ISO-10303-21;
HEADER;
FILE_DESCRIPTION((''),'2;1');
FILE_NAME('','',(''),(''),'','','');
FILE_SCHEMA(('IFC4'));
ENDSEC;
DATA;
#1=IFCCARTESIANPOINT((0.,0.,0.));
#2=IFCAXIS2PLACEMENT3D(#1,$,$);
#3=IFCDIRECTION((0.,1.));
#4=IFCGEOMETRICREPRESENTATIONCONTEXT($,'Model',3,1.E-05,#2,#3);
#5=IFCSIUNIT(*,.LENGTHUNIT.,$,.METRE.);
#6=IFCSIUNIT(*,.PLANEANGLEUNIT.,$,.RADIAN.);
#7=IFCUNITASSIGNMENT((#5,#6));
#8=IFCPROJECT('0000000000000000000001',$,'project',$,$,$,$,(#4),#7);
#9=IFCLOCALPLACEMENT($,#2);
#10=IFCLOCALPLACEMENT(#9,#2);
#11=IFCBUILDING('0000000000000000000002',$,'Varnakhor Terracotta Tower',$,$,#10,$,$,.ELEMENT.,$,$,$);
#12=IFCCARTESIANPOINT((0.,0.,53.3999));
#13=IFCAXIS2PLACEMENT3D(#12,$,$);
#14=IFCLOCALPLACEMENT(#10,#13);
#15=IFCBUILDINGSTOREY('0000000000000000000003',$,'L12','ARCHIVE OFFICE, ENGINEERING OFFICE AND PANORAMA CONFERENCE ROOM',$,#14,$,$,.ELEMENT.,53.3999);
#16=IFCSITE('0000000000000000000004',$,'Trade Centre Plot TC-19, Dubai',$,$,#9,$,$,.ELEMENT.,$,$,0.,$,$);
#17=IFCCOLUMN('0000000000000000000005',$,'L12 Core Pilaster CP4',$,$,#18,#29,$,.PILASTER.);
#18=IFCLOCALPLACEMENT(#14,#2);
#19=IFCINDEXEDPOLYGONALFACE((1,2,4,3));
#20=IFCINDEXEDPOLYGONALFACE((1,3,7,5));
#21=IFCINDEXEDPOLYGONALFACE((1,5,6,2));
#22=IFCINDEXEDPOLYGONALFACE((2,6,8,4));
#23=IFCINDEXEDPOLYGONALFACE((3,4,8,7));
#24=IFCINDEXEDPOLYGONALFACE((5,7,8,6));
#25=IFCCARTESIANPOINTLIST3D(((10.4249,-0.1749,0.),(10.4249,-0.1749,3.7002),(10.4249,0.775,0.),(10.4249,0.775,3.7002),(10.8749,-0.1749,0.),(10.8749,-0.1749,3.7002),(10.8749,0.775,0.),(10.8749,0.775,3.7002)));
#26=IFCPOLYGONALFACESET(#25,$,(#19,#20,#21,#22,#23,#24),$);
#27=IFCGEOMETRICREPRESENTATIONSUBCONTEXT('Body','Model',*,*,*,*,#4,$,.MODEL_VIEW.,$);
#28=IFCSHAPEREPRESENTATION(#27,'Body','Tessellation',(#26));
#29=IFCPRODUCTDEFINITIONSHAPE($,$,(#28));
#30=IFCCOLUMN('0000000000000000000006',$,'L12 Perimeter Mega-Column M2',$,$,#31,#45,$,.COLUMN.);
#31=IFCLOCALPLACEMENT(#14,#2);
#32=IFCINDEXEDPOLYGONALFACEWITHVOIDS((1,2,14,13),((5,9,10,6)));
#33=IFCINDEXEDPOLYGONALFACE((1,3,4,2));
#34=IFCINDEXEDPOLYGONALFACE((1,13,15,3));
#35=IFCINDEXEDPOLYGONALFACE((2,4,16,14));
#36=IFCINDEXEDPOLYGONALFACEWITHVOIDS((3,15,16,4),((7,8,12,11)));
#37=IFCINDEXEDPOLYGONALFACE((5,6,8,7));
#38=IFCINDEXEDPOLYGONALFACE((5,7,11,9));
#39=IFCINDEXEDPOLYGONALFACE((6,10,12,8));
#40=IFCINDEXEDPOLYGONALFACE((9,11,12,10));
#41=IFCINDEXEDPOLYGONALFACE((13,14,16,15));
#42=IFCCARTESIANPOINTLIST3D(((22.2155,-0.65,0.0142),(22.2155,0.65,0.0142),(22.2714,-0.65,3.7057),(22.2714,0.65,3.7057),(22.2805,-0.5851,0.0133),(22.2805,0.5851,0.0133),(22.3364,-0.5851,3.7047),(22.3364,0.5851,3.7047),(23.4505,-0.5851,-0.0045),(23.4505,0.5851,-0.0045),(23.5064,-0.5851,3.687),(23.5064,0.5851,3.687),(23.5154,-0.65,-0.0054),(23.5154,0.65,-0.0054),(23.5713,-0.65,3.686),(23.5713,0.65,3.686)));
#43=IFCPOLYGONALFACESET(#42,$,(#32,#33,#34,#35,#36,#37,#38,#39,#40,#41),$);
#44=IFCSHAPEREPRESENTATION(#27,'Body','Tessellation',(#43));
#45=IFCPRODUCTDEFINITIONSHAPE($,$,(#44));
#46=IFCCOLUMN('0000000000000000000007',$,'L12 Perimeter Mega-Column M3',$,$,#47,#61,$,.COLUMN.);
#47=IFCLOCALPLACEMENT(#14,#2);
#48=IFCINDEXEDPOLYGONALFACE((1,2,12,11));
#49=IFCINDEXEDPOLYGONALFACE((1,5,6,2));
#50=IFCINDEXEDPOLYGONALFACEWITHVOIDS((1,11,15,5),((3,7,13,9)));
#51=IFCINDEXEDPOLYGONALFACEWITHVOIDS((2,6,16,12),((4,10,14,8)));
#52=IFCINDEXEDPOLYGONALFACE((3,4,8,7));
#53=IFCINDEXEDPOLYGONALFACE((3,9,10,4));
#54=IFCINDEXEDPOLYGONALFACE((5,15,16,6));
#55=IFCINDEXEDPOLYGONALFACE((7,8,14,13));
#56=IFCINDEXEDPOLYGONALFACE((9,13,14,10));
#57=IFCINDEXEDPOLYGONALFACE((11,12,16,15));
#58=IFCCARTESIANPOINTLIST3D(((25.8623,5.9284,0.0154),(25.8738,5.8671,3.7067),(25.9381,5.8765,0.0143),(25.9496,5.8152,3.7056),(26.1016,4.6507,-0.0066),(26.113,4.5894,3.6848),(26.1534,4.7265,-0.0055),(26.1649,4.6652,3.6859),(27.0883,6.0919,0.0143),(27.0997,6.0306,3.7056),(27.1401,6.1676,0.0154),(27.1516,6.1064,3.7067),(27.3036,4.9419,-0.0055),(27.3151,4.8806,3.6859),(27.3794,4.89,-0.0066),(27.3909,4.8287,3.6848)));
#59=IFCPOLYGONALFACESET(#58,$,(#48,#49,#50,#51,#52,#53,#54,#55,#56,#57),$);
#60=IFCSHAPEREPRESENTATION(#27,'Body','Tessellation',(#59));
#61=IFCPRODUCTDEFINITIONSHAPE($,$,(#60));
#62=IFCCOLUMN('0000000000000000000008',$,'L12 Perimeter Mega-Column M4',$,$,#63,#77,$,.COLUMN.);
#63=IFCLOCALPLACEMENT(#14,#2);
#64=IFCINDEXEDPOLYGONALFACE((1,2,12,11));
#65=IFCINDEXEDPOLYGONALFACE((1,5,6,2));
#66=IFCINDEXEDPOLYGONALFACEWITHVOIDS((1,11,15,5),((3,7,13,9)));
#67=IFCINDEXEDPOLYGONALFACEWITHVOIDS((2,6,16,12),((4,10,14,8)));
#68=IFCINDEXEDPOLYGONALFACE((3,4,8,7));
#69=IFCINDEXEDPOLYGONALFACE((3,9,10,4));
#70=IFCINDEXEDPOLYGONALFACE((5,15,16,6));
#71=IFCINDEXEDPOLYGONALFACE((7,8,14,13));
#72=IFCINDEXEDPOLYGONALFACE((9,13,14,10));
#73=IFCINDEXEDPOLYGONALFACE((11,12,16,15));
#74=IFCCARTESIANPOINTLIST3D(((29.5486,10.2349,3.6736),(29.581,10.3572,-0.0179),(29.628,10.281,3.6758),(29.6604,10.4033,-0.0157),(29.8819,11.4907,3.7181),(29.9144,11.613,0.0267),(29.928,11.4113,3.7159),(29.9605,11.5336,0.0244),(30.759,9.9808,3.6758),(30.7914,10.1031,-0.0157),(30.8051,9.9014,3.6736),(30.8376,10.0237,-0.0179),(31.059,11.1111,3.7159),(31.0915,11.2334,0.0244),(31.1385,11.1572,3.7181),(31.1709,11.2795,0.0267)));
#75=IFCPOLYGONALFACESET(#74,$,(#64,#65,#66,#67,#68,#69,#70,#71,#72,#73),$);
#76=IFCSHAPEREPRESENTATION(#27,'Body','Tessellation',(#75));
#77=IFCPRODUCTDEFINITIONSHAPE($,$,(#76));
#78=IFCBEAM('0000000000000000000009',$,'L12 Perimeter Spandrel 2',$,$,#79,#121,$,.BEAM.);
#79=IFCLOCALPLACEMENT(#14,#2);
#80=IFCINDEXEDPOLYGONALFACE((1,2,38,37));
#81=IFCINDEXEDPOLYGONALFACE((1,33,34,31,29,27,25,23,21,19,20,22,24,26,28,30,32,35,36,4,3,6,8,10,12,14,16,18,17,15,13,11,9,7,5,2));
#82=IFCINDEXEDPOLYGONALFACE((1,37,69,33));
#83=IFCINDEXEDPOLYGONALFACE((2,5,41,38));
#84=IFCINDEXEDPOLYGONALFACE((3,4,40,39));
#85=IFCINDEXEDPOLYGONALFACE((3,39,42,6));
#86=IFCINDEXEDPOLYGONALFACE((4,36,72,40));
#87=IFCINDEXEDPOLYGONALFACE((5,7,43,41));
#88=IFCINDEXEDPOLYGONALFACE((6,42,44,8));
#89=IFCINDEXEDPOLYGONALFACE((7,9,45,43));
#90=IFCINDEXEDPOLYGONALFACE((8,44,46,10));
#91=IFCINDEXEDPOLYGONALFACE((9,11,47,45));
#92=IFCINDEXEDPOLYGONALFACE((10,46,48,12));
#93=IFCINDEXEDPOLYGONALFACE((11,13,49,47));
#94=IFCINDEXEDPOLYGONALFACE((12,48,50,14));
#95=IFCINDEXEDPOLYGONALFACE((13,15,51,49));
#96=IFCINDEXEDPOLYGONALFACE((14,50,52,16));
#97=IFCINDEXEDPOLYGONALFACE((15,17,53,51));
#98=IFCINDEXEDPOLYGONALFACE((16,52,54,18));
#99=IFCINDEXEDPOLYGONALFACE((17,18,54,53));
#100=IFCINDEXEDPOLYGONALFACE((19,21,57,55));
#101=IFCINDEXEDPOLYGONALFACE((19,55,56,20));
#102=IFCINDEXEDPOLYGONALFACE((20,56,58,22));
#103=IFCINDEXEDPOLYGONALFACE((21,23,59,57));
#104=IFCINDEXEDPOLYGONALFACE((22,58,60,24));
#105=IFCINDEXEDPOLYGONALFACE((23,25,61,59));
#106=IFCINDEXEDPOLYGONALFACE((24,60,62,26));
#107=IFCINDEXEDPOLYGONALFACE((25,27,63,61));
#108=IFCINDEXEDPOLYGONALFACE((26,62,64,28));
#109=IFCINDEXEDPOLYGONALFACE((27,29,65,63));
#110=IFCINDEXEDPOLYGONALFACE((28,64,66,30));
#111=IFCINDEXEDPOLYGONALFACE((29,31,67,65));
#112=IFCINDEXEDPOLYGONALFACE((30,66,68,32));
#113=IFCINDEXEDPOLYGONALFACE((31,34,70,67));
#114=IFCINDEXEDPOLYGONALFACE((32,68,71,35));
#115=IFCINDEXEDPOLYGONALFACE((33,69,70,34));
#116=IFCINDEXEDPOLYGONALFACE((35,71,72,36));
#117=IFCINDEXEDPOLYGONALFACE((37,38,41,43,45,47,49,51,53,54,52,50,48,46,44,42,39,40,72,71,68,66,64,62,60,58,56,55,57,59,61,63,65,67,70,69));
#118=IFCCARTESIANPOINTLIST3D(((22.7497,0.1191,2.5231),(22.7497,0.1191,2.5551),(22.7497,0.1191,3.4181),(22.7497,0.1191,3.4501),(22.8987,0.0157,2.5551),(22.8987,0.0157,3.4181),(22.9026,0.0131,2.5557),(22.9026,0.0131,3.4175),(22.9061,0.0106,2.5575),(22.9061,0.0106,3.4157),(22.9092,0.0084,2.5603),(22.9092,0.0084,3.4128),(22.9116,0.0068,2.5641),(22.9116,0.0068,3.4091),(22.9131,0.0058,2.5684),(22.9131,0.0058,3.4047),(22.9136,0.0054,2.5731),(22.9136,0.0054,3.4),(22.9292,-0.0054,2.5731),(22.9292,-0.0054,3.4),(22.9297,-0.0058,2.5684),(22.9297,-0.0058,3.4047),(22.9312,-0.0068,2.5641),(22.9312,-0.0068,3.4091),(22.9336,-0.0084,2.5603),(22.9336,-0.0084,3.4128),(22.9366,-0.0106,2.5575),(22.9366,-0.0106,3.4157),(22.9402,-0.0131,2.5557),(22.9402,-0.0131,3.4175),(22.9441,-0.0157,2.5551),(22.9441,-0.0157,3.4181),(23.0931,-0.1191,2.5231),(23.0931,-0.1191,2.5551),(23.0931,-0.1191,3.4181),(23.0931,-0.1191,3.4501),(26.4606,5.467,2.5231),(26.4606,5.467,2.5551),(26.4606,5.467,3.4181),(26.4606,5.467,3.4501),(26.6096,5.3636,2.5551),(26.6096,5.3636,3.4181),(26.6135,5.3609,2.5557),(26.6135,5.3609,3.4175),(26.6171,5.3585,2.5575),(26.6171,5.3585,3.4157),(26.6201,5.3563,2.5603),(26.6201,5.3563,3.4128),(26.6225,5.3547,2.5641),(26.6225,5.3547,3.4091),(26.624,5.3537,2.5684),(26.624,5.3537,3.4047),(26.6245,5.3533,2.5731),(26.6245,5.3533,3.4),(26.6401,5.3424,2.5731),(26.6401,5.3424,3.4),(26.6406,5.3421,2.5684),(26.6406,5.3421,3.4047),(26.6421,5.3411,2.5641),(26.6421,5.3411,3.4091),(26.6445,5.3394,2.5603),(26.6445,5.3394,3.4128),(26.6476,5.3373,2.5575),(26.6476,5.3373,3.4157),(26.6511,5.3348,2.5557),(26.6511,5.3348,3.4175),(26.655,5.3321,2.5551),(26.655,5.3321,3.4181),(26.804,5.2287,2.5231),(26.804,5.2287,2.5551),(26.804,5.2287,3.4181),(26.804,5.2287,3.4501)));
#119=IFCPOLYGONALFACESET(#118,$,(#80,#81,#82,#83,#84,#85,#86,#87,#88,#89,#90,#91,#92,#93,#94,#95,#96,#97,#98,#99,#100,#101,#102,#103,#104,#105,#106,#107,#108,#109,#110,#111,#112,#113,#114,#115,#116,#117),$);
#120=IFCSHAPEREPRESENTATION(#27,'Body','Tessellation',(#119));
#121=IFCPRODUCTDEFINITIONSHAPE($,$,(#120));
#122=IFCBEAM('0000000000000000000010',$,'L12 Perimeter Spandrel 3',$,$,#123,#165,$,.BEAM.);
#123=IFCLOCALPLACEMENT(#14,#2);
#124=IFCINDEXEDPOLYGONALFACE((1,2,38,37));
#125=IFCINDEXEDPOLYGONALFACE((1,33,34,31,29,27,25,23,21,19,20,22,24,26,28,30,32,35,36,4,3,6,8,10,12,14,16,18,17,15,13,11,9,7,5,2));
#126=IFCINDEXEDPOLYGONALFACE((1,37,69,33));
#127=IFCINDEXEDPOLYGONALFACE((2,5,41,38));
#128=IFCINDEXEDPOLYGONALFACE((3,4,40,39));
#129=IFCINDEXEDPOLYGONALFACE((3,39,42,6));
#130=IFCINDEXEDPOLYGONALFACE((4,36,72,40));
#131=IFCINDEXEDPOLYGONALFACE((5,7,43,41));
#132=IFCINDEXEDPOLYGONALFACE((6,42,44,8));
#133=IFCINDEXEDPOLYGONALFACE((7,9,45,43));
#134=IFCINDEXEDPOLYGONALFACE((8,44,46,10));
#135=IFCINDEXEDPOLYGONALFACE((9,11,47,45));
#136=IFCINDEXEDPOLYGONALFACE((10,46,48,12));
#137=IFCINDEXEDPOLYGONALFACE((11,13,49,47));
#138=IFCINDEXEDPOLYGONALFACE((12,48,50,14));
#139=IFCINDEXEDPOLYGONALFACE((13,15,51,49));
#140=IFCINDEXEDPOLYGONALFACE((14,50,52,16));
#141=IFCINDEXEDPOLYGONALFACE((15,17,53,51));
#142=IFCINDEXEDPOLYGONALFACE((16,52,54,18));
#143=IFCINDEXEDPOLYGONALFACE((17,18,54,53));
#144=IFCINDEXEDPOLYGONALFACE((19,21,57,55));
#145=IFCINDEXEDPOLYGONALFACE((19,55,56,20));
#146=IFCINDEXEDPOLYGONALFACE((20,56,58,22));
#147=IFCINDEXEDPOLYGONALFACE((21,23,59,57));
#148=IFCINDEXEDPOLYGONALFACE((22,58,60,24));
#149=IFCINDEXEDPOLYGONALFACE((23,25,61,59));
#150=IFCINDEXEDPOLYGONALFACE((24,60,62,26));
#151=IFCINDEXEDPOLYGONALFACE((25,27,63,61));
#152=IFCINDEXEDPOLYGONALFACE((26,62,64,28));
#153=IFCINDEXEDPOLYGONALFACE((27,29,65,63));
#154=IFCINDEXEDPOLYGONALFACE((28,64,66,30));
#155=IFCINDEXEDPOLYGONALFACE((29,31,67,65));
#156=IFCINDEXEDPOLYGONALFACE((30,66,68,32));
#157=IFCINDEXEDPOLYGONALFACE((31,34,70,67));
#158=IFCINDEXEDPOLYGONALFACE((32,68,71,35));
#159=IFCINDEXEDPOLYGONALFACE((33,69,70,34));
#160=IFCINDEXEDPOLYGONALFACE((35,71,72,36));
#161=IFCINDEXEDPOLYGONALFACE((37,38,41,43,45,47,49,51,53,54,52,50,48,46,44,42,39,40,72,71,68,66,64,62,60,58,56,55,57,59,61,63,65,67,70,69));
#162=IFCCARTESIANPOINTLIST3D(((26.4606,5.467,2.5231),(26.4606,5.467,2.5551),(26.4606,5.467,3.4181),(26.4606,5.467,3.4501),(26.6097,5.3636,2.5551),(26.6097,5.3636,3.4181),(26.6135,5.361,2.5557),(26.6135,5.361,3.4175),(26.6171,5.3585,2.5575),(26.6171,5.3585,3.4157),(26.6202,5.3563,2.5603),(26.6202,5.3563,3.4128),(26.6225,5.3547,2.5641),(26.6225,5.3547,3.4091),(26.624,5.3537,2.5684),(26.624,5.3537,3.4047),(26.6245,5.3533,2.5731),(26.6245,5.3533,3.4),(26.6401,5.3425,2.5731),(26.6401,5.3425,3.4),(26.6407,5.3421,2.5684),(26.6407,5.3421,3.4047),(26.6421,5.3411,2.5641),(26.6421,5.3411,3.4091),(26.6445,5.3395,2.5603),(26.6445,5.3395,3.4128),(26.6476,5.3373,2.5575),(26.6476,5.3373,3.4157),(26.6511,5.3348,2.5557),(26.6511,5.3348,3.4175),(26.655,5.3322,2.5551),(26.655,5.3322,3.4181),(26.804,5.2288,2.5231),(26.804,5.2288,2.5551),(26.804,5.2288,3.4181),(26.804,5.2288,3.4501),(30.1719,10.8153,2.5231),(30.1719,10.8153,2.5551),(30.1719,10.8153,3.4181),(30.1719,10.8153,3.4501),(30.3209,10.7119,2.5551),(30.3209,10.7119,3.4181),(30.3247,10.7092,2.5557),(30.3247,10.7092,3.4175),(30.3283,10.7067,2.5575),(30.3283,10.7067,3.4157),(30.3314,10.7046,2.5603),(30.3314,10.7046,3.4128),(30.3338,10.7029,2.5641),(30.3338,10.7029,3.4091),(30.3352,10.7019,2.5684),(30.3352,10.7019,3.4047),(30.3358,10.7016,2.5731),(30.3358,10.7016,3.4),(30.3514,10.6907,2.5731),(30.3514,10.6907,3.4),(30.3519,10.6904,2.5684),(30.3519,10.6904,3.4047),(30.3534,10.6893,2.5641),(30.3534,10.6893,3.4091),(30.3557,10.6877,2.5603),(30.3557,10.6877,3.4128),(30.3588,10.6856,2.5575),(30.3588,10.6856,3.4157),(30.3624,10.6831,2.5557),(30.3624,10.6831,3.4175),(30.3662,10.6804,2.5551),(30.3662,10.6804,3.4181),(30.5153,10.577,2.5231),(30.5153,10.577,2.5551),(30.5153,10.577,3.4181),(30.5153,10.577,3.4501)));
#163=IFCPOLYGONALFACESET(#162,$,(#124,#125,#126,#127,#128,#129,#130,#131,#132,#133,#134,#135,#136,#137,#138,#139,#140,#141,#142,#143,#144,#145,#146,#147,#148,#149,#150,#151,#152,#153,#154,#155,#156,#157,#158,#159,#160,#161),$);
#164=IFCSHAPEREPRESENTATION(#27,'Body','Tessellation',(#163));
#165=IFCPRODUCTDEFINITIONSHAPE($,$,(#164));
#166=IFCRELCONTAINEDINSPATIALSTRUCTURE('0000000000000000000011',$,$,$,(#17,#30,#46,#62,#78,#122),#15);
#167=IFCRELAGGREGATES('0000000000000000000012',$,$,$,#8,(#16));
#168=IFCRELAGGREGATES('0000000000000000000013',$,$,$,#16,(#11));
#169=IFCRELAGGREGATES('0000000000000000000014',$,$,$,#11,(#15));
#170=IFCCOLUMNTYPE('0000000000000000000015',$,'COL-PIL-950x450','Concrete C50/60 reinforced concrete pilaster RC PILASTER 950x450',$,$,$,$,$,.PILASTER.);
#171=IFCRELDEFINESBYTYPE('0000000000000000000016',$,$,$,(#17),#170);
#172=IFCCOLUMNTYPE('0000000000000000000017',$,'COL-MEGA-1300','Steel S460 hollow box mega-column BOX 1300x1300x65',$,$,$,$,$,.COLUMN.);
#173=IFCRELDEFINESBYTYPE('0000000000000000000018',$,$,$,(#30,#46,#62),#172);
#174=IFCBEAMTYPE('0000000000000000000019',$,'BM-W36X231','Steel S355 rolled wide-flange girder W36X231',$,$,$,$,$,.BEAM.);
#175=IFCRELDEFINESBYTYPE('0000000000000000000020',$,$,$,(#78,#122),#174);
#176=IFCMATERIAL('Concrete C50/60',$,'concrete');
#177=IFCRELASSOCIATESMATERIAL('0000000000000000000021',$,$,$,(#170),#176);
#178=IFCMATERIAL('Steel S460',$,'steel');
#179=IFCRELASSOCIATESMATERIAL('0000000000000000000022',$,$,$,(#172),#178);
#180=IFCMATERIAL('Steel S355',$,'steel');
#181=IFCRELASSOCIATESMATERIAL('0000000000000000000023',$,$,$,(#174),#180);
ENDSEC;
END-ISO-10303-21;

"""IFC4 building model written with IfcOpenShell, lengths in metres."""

from ifc_helpers import new_model, si_unit, direction, frame, origin, origin_2d, place, context, subcontext, project, spatial, rectangle, hollow_rectangle, i_section, extrude, source, transform, mapped, material, material_profile, profile_set, type_object, type_shapes, element, save


model = new_model("IFC4")

# Units and contexts
model_context = context("Model", 3, precision=1e-05, world=origin(), true_north=direction((0.0, 1.0)))
body_context = subcontext(model_context, "Body", "Model", "MODEL_VIEW")
ifc_project = project(units=[si_unit("LENGTHUNIT", "METRE"), si_unit("PLANEANGLEUNIT", "RADIAN")], contexts=[model_context])

# Site, building, storey
site_placement = place(None, origin())
site = spatial("IfcSite", under=ifc_project, at=site_placement, Name="Trade Centre Plot TC-19, Dubai", CompositionType="ELEMENT", RefElevation=0.0)
building_placement = place(site_placement, origin())
building = spatial("IfcBuilding", under=site, at=building_placement, Name="Varnakhor Terracotta Tower", CompositionType="ELEMENT")
storey_placement = place(building_placement, frame((0.0, 0.0, 53.3999)))
storey = spatial("IfcBuildingStorey", under=building, at=storey_placement, Name="L12", Description="ARCHIVE OFFICE, ENGINEERING OFFICE AND PANORAMA CONFERENCE ROOM", CompositionType="ELEMENT", Elevation=53.3999)

# Columns
ifc_material_1 = material(Name="Concrete C50/60", Category="concrete")
ifc_material_profile_1 = material_profile(ifc_material_1, rectangle(XDim=0.45, YDim=0.95, at=origin_2d()), Name="RC PILASTER 950x450")
ifc_profile_set_1 = profile_set([ifc_material_profile_1], Name="Concrete C50/60")
column_type_1 = type_object("IfcColumnType", Name="COL-PIL-950x450", Description="Concrete C50/60 reinforced concrete pilaster RC PILASTER 950x450", PredefinedType="PILASTER", material=ifc_profile_set_1)
shared_shape_1 = source(origin(), body_context, "Body", "SweptSolid", [
    extrude(rectangle(XDim=0.45, YDim=0.95, at=origin_2d()), origin(), (0.0, 0.0, 1.0), 3.7002),
])
column_1_placement = place(storey_placement, frame((10.6499, 0.3, 0.0), z_axis=(0.0, 0.0, 1.0), x_axis=(1.0, 0.0, 0.0)))
element("IfcColumn", 1, at=column_1_placement, inside=storey, type_object=column_type_1, Name="L12 Core Pilaster CP4", PredefinedType="PILASTER", context=body_context, shape_type="MappedRepresentation", body=[
    mapped(shared_shape_1, transform((0.0, 0.0, 0.0), scale=1.0)),
])
ifc_material_2 = material(Name="Steel S460", Category="steel")
ifc_material_profile_2 = material_profile(ifc_material_2, hollow_rectangle(XDim=1.3, YDim=1.3, WallThickness=0.0649, at=origin_2d()), Name="BOX 1300x1300x65")
ifc_profile_set_2 = profile_set([ifc_material_profile_2], Name="Steel S460")
column_type_2 = type_object("IfcColumnType", Name="COL-MEGA-1300", Description="Steel S460 hollow box mega-column BOX 1300x1300x65", PredefinedType="COLUMN", material=ifc_profile_set_2)
shared_shape_2 = source(origin(), body_context, "Body", "SweptSolid", [
    extrude(hollow_rectangle(XDim=1.3, YDim=1.3, WallThickness=0.0649, at=origin_2d()), origin(), (0.0, 0.0, 1.0), 3.6919),
])
type_shapes(column_type_2, [shared_shape_2])
for number, where, z_axis, x_axis, name in (
    (2, (22.8655, 0.0, 0.0044), (0.015144, 0.0, 0.999885), (0.0, 1.0, 0.0), "L12 Perimeter Mega-Column M2"),
    (3, (26.6208, 5.4092, 0.0044), (0.003108, -0.016598, 0.999857), (0.982916, 0.184052, 0.0), "L12 Perimeter Mega-Column M3"),
):
    element("IfcColumn", number, at=place(storey_placement, frame(where, z_axis=z_axis, x_axis=x_axis)), inside=storey, type_object=column_type_2, Name=name, PredefinedType="COLUMN", context=body_context, shape_type="MappedRepresentation", body=[
        mapped(shared_shape_2, transform((0.0, 0.0, 0.0), scale=1.0)),
    ])
shared_shape_3 = source(origin(), body_context, "Body", "SweptSolid", [
    extrude(hollow_rectangle(XDim=1.3, YDim=1.3, WallThickness=0.0649, at=origin_2d()), origin(), (0.0, 0.0, 1.0), 3.6936),
])
column_2_placement = place(storey_placement, frame((30.376, 10.8184, 0.0044), z_axis=(-0.008791, -0.033115, 0.999413), x_axis=(0.966523, -0.256582, 0.0)))
element("IfcColumn", 4, at=column_2_placement, inside=storey, type_object=column_type_2, Name="L12 Perimeter Mega-Column M4", PredefinedType="COLUMN", context=body_context, shape_type="MappedRepresentation", body=[
    mapped(shared_shape_3, transform((0.0, 0.0, 0.0), scale=1.0)),
])

# Beams
ifc_material_3 = material(Name="Steel S355", Category="steel")
ifc_material_profile_3 = material_profile(ifc_material_3, i_section(OverallWidth=0.418, OverallDepth=0.927, WebThickness=0.019, FlangeThickness=0.032, FilletRadius=0.0181, at=origin_2d()), Name="W36X231")
ifc_profile_set_3 = profile_set([ifc_material_profile_3], Name="Steel S355")
beam_type_1 = type_object("IfcBeamType", Name="BM-W36X231", Description="Steel S355 rolled wide-flange girder W36X231", PredefinedType="BEAM", material=ifc_profile_set_3)
shared_shape_4 = source(origin(), body_context, "Body", "SweptSolid", [
    extrude(i_section(OverallWidth=0.418, OverallDepth=0.927, WebThickness=0.019, FlangeThickness=0.032, FilletRadius=0.0181, at=origin_2d()), origin(), (0.0, 0.0, 1.0), 6.5093),
])
beam_1_placement = place(storey_placement, frame((22.9214, 0.0, 2.9866), z_axis=(0.570097, 0.821577, 0.0), x_axis=(-0.821577, 0.570097, 0.0)))
element("IfcBeam", 5, at=beam_1_placement, inside=storey, type_object=beam_type_1, Name="L12 Perimeter Spandrel 2", PredefinedType="BEAM", context=body_context, shape_type="MappedRepresentation", body=[
    mapped(shared_shape_4, transform((0.0, 0.0, 0.0), scale=1.0)),
])
shared_shape_5 = source(origin(), body_context, "Body", "SweptSolid", [
    extrude(i_section(OverallWidth=0.418, OverallDepth=0.927, WebThickness=0.019, FlangeThickness=0.032, FilletRadius=0.0181, at=origin_2d()), origin(), (0.0, 0.0, 1.0), 6.5098),
])
beam_2_placement = place(storey_placement, frame((26.6323, 5.3479, 2.9866), z_axis=(0.570105, 0.821572, 0.0), x_axis=(-0.821572, 0.570105, 0.0)))
element("IfcBeam", 6, at=beam_2_placement, inside=storey, type_object=beam_type_1, Name="L12 Perimeter Spandrel 3", PredefinedType="BEAM", context=body_context, shape_type="MappedRepresentation", body=[
    mapped(shared_shape_5, transform((0.0, 0.0, 0.0), scale=1.0)),
])

save(model, "model.ifc")
